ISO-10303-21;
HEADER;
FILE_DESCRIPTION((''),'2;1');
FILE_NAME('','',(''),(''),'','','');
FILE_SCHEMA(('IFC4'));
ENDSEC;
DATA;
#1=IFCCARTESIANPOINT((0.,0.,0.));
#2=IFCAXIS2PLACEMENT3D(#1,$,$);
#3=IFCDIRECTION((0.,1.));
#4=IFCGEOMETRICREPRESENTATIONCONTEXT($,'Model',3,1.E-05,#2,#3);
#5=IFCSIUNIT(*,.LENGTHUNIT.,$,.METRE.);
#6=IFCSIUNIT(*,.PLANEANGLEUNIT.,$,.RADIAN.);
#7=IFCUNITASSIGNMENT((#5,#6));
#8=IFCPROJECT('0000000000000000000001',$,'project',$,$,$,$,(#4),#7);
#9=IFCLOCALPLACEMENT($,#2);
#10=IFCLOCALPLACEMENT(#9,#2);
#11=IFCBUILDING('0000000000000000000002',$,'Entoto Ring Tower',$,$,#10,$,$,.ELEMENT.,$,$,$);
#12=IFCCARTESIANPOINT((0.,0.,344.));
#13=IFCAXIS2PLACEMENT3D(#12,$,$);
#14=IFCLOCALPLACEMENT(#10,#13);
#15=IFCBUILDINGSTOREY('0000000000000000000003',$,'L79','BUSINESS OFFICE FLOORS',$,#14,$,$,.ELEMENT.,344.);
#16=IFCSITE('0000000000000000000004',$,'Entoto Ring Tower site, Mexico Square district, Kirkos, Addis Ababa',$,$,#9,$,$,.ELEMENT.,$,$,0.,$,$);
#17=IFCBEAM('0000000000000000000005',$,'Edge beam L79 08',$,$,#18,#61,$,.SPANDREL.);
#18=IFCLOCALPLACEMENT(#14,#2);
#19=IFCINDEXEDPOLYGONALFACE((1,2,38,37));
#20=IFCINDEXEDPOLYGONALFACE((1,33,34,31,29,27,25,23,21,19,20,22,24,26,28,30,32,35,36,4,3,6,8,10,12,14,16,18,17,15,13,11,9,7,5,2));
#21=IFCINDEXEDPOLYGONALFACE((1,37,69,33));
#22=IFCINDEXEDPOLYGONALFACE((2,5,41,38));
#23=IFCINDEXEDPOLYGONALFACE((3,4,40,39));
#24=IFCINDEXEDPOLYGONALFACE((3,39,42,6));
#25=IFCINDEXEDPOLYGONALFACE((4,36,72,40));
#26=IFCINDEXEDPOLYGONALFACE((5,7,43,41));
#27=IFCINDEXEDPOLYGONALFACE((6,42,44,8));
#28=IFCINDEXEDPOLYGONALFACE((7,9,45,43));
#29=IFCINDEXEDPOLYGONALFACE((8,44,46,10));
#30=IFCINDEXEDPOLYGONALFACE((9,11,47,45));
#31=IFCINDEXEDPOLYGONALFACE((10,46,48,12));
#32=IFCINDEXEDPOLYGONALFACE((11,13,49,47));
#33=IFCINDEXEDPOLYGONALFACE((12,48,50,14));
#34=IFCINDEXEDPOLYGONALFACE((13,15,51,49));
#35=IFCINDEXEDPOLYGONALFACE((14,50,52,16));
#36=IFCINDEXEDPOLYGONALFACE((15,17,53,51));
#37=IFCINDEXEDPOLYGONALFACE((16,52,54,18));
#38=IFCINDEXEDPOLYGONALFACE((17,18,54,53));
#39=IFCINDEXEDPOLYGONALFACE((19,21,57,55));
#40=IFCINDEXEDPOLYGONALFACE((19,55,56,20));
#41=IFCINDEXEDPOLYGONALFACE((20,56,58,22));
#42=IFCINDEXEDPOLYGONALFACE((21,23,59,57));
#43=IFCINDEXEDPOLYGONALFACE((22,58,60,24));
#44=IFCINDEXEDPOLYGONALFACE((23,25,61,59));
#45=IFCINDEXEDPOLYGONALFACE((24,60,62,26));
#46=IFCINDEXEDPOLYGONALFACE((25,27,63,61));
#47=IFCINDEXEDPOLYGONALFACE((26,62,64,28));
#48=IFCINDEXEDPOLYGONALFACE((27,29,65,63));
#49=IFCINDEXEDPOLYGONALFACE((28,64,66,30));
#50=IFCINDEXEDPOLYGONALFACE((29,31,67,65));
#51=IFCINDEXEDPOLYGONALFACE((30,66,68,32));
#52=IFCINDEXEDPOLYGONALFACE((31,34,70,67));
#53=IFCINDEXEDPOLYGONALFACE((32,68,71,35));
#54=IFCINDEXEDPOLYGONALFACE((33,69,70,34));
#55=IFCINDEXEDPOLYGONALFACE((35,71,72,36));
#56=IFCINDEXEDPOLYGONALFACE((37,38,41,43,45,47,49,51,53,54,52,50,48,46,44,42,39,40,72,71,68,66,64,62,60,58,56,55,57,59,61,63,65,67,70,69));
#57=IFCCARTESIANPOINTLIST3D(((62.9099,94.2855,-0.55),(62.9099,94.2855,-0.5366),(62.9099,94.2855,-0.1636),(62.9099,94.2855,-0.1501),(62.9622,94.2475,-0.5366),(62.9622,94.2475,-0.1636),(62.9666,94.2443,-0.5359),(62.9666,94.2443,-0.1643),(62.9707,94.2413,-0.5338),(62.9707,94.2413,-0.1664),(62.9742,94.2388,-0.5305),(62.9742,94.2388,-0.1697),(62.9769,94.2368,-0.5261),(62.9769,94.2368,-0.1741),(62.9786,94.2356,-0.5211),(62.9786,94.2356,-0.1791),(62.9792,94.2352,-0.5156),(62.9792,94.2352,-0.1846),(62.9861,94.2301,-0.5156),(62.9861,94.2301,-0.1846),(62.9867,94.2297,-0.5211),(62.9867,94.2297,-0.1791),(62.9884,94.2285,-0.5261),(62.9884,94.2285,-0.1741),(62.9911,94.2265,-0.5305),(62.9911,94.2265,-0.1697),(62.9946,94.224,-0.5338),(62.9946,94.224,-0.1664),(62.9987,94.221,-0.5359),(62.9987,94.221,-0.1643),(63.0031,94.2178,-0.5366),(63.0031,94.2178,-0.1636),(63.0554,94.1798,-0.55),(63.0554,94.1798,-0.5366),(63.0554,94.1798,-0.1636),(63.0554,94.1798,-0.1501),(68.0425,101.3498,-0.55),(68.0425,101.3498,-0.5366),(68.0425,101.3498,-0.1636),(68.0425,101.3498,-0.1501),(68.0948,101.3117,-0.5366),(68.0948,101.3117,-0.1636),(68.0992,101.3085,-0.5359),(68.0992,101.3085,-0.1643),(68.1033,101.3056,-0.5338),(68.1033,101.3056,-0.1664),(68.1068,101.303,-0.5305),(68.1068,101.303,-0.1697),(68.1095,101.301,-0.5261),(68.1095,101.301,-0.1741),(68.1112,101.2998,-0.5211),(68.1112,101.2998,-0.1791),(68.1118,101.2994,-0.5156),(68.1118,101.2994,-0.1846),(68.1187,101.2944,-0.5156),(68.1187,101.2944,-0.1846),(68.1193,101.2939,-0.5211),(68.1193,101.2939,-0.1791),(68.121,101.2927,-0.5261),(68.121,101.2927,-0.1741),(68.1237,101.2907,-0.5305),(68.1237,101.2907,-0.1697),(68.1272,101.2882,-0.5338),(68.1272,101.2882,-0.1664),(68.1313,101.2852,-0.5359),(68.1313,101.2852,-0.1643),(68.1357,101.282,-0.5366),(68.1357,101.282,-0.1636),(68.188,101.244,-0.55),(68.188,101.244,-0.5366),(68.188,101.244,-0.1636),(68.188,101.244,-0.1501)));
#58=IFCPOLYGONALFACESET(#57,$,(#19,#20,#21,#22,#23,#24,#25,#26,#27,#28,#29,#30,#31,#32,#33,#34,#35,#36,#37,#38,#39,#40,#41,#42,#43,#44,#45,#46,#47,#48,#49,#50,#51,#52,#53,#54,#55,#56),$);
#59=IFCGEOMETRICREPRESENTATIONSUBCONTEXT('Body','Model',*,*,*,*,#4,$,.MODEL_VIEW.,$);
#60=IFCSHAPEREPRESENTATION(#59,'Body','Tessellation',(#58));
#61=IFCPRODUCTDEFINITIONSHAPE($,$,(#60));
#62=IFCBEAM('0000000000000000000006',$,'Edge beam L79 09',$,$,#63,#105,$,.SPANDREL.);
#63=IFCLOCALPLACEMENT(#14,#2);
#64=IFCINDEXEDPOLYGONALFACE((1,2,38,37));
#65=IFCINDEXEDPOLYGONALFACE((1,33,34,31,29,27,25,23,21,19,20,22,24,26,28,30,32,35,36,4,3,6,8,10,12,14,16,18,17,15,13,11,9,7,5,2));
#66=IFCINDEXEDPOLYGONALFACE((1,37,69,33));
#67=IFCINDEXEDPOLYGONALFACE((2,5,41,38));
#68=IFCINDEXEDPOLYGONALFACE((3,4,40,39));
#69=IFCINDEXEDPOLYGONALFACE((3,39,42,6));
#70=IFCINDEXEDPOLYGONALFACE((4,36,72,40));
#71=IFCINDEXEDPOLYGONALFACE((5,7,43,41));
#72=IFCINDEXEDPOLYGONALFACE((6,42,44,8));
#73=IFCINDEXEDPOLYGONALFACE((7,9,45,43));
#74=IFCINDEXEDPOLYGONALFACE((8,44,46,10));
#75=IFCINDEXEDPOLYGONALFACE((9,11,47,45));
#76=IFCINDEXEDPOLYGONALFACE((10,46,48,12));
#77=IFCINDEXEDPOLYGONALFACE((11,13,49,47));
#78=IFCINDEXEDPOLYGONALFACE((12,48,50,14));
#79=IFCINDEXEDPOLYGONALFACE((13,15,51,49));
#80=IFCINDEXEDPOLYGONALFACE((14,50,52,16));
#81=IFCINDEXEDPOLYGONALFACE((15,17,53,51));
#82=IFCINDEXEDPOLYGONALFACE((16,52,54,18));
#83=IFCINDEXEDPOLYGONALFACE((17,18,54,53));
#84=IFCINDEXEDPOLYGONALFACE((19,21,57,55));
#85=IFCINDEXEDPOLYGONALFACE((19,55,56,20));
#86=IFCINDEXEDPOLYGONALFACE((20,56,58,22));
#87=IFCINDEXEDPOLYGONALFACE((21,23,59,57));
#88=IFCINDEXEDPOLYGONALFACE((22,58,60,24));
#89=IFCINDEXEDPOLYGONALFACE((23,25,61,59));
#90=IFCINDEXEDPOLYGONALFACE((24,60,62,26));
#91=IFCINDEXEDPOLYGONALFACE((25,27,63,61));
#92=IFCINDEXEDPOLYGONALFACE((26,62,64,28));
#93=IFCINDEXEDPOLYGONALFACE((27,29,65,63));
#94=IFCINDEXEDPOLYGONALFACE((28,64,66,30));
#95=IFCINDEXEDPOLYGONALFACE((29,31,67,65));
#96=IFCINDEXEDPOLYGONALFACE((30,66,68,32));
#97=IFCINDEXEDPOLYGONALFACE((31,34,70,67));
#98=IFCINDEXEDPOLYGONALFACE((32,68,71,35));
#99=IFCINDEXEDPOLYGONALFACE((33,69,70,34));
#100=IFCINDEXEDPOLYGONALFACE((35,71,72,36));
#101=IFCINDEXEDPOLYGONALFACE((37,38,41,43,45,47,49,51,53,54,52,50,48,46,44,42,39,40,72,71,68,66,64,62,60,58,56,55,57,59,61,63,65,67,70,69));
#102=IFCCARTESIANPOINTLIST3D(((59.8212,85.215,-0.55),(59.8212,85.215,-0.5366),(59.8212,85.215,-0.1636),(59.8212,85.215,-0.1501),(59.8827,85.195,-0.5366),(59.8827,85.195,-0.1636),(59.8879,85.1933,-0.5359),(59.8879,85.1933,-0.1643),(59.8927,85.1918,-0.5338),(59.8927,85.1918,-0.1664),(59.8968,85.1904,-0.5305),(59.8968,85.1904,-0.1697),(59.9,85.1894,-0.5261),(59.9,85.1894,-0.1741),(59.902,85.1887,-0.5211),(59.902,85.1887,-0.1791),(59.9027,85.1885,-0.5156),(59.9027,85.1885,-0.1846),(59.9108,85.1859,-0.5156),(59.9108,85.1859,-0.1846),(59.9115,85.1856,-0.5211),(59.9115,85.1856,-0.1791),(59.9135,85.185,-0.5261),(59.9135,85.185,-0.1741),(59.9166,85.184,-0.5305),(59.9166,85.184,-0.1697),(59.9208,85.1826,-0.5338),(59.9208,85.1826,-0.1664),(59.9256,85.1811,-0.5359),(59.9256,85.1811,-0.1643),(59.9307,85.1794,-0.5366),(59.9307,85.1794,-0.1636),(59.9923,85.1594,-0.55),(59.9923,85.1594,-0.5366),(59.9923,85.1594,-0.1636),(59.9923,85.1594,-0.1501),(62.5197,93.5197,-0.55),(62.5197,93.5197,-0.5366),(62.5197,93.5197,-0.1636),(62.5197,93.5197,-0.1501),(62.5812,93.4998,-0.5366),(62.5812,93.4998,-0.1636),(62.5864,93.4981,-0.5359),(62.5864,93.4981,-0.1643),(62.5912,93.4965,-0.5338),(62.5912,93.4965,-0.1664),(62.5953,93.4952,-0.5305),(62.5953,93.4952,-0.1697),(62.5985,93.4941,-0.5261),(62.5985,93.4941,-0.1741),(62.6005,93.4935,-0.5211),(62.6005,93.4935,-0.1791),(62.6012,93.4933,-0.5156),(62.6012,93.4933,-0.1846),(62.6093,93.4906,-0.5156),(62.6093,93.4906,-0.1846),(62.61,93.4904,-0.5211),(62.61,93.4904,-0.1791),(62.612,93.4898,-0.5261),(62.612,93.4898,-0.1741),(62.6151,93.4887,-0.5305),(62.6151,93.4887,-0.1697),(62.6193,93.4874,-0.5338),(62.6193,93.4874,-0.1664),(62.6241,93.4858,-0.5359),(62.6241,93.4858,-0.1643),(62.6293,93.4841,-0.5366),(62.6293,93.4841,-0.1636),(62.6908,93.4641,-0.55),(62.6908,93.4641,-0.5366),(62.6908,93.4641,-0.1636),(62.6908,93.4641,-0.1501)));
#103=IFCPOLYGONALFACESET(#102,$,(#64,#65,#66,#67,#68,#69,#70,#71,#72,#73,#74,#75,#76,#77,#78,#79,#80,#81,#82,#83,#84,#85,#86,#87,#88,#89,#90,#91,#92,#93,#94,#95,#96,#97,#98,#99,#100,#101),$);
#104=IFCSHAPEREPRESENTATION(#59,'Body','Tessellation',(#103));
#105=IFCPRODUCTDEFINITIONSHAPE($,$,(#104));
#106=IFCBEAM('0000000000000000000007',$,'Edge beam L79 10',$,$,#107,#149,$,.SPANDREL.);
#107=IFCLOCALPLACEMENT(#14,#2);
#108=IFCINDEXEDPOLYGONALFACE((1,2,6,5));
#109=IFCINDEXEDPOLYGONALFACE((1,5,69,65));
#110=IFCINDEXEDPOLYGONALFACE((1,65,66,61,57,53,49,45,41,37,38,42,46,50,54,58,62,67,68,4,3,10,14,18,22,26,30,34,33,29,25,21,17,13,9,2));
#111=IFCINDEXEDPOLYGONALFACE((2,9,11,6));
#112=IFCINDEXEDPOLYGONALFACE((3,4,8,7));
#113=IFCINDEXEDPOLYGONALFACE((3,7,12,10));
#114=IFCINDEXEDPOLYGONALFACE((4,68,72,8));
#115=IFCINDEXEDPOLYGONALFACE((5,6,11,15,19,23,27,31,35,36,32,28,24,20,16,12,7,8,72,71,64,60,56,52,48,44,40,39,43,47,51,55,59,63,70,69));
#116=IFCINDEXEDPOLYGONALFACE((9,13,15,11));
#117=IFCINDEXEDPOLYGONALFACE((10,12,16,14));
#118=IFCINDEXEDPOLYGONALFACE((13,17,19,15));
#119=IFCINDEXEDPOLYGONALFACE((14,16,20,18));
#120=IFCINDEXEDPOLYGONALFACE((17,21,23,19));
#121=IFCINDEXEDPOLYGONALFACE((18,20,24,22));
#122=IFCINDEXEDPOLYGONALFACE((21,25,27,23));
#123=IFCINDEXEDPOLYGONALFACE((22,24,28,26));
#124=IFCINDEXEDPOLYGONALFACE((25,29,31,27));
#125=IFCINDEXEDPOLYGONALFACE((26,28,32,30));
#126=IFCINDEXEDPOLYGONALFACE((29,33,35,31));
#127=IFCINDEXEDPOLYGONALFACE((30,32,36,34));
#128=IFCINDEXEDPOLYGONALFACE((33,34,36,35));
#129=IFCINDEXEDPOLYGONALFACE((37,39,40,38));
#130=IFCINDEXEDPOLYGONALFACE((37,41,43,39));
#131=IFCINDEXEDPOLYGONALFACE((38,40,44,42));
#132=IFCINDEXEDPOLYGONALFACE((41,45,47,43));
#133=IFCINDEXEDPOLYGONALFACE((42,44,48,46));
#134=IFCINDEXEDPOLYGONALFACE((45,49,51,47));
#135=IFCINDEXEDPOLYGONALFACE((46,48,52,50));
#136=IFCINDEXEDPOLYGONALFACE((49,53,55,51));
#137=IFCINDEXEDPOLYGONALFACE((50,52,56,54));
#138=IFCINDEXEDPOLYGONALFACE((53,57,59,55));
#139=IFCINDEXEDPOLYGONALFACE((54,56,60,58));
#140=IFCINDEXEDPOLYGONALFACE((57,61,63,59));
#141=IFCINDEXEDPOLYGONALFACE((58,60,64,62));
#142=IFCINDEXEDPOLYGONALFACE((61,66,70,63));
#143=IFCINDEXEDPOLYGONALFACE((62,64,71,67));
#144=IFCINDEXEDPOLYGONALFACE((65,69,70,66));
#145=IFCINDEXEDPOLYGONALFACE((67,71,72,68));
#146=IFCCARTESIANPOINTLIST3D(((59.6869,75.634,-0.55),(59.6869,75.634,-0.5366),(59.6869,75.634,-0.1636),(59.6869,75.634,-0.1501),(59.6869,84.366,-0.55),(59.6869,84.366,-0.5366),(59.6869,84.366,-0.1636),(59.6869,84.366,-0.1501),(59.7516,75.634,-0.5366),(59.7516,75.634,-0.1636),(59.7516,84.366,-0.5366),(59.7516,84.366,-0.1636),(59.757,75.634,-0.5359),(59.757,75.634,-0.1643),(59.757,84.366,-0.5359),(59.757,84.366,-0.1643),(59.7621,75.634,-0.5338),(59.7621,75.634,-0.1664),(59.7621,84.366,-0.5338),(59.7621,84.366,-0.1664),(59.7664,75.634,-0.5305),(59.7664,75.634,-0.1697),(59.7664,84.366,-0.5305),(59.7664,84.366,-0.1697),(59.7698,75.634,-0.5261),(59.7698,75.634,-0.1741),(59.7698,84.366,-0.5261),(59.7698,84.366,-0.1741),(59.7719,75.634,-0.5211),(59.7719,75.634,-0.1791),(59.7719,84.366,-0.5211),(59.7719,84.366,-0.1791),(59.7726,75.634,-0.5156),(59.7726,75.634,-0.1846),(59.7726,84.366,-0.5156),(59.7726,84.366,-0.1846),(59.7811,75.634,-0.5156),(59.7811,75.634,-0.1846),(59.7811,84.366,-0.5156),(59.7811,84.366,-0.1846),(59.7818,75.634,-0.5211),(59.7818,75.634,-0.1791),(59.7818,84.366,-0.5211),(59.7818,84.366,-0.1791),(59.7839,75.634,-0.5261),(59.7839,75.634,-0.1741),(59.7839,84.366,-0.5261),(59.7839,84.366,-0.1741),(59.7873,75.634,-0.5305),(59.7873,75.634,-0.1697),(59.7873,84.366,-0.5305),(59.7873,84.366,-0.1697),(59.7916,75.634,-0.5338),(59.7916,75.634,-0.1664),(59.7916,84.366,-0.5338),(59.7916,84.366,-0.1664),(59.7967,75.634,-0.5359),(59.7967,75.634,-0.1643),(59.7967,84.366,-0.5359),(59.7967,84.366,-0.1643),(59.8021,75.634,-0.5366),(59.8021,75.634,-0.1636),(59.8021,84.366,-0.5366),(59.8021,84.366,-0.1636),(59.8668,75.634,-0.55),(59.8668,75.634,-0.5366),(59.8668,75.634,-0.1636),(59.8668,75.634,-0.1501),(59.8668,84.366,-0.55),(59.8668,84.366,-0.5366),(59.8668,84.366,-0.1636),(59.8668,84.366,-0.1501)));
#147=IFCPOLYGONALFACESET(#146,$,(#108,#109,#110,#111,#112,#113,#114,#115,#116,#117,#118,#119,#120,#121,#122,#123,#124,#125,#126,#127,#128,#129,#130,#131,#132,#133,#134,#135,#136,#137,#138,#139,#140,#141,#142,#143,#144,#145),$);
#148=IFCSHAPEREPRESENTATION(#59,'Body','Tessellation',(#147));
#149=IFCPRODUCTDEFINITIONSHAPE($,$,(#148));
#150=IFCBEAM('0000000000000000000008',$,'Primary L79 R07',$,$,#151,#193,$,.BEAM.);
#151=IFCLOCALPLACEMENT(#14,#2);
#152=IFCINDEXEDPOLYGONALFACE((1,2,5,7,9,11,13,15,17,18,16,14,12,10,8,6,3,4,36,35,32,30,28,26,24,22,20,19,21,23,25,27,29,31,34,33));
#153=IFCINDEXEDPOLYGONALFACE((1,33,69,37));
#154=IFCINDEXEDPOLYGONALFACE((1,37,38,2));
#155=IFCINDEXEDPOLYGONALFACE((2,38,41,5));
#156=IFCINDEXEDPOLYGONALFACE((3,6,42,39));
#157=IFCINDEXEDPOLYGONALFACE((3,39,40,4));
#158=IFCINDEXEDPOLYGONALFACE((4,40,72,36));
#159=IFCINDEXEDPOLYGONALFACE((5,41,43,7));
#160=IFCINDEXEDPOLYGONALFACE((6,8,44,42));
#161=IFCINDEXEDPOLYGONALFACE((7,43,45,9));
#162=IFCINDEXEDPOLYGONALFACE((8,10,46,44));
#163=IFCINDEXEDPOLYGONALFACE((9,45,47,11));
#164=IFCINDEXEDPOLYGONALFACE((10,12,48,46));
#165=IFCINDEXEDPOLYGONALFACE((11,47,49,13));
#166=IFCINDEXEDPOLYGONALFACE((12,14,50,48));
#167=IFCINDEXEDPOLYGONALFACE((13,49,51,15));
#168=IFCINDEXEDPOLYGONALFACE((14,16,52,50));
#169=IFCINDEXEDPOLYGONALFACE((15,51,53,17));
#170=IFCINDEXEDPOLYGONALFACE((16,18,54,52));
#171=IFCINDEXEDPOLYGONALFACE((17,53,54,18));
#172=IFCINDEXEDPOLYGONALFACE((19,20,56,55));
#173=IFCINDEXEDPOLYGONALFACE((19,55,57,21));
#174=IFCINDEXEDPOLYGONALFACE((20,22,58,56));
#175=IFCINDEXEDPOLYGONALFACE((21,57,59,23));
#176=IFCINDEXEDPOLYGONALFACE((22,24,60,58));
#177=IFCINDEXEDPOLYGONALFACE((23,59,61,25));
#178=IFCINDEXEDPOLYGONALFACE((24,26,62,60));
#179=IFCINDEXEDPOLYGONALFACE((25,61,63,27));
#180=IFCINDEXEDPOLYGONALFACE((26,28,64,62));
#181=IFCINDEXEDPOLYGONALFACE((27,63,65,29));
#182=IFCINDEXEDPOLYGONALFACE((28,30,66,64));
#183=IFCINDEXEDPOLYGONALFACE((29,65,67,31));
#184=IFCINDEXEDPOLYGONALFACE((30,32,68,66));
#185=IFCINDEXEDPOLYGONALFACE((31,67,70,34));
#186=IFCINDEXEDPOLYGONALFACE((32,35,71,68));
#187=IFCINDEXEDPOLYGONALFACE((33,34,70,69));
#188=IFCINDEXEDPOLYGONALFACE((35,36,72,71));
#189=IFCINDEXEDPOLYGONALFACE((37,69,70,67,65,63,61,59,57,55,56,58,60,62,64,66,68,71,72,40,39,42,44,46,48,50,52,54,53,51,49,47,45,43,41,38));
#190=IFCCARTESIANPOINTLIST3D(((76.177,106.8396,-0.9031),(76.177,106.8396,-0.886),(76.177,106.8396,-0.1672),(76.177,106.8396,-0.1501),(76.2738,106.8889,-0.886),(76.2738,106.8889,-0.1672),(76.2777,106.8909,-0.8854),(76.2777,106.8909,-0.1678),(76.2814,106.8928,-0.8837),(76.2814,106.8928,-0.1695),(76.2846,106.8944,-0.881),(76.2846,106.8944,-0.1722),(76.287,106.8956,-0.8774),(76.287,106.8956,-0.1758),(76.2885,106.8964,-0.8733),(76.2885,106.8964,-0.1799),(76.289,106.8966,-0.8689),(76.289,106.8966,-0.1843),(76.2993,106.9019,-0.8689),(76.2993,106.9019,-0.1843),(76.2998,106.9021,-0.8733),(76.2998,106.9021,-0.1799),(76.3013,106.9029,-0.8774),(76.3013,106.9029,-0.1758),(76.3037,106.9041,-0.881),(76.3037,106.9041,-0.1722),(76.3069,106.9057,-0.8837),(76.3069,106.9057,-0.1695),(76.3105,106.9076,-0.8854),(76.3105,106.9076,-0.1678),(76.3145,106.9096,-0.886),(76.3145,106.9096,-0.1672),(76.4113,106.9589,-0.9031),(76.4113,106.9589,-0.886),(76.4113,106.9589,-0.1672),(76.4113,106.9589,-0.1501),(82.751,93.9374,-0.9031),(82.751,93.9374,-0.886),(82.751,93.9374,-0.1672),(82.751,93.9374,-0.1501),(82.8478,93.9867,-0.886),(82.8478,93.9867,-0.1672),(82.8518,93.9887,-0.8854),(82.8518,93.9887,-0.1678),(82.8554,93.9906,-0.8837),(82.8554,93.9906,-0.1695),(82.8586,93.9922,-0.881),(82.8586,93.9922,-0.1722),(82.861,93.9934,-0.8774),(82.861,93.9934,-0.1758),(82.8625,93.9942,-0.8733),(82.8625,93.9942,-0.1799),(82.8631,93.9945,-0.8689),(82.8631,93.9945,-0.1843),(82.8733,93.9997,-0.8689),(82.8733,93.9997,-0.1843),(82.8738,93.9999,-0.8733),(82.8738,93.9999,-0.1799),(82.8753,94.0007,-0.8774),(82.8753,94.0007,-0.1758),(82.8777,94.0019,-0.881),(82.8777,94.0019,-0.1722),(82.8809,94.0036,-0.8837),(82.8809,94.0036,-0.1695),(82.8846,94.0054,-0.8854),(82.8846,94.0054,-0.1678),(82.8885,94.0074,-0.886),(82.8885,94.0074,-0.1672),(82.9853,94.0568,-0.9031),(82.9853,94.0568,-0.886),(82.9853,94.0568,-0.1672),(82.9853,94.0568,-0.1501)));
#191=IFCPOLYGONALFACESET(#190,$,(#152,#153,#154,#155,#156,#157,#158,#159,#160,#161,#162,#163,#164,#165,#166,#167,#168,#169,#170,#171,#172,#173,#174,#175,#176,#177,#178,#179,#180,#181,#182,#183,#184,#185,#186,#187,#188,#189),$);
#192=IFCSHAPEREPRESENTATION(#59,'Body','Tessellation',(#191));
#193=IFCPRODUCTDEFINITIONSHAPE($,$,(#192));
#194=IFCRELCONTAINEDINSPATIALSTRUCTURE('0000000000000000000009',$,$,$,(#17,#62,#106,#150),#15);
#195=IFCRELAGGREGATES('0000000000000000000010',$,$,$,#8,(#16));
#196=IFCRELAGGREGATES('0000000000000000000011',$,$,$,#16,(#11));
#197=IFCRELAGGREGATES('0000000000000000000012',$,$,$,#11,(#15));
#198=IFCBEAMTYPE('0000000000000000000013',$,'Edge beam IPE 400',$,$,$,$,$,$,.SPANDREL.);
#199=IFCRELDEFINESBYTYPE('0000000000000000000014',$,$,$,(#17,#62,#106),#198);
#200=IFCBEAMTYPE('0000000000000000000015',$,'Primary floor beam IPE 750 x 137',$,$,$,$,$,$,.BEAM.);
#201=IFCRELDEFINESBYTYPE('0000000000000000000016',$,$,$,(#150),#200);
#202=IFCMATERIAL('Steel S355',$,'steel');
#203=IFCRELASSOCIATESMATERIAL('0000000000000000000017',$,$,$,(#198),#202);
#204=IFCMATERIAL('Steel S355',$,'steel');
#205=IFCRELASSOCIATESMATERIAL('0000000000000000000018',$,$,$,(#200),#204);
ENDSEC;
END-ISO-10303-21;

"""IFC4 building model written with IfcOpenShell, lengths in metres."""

from ifc_helpers import new_model, si_unit, direction, frame, origin, origin_2d, place, context, subcontext, project, spatial, i_section, extrude, material, material_profile, profile_set, type_object, element, save


model = new_model("IFC4")

# Units and contexts
model_context = context("Model", 3, precision=1e-05, world=origin(), true_north=direction((0.0, 1.0)))
body_context = subcontext(model_context, "Body", "Model", "MODEL_VIEW")
ifc_project = project(units=[si_unit("LENGTHUNIT", "METRE"), si_unit("PLANEANGLEUNIT", "RADIAN")], contexts=[model_context])

# Site, building, storey
site_placement = place(None, origin())
site = spatial("IfcSite", under=ifc_project, at=site_placement, Name="Entoto Ring Tower site, Mexico Square district, Kirkos, Addis Ababa", CompositionType="ELEMENT", RefElevation=0.0)
building_placement = place(site_placement, origin())
building = spatial("IfcBuilding", under=site, at=building_placement, Name="Entoto Ring Tower", CompositionType="ELEMENT")
storey_placement = place(building_placement, frame((0.0, 0.0, 344.0)))
storey = spatial("IfcBuildingStorey", under=building, at=storey_placement, Name="L79", Description="BUSINESS OFFICE FLOORS", CompositionType="ELEMENT", Elevation=344.0)

# Beams
ifc_material_1 = material(Name="Steel S355", Category="steel")
ifc_material_profile_1 = material_profile(ifc_material_1, i_section(OverallWidth=0.1799, OverallDepth=0.3999, WebThickness=0.0085, FlangeThickness=0.0134, FilletRadius=0.021, at=origin_2d()), Name="IPE 400")
ifc_profile_set_1 = profile_set([ifc_material_profile_1], Name="Steel S355")
beam_type_1 = type_object("IfcBeamType", Name="Edge beam IPE 400", PredefinedType="SPANDREL", material=ifc_profile_set_1)
for number, where, z_axis, x_axis, name in (
    (1, (68.1152, 101.2969, -0.3501), (-0.587794, -0.80901, 0.0), (0.80901, -0.587794, 0.0), "Edge beam L79 08"),
):
    element("IfcBeam", number, at=place(storey_placement, frame(where, z_axis=z_axis, x_axis=x_axis)), inside=storey, type_object=beam_type_1, Name=name, PredefinedType="SPANDREL", context=body_context, shape_type="SweptSolid", body=[
        extrude(i_section(OverallWidth=0.1799, OverallDepth=0.3999, WebThickness=0.0085, FlangeThickness=0.0134, FilletRadius=0.021, at=origin_2d()), origin(), (0.0, 0.0, 1.0), 8.7319),
    ])
beam_1_placement = place(storey_placement, frame((62.6052, 93.4919, -0.3501), z_axis=(-0.30903, -0.951052, 0.0), x_axis=(0.951052, -0.30903, 0.0)))
element("IfcBeam", 2, at=beam_1_placement, inside=storey, type_object=beam_type_1, Name="Edge beam L79 09", PredefinedType="SPANDREL", context=body_context, shape_type="SweptSolid", body=[
    extrude(i_section(OverallWidth=0.1799, OverallDepth=0.3999, WebThickness=0.0085, FlangeThickness=0.0134, FilletRadius=0.021, at=origin_2d()), origin(), (0.0, 0.0, 1.0), 8.7322),
])
beam_2_placement = place(storey_placement, frame((59.7769, 84.366, -0.3501), z_axis=(0.0, -1.0, 0.0), x_axis=(1.0, 0.0, 0.0)))
element("IfcBeam", 3, at=beam_2_placement, inside=storey, type_object=beam_type_1, Name="Edge beam L79 10", PredefinedType="SPANDREL", context=body_context, shape_type="SweptSolid", body=[
    extrude(i_section(OverallWidth=0.1799, OverallDepth=0.3999, WebThickness=0.0085, FlangeThickness=0.0134, FilletRadius=0.021, at=origin_2d()), origin(), (0.0, 0.0, 1.0), 8.7319),
])
ifc_material_2 = material(Name="Steel S355", Category="steel")
ifc_material_profile_2 = material_profile(ifc_material_2, i_section(OverallWidth=0.2629, OverallDepth=0.7529, WebThickness=0.0115, FlangeThickness=0.0171, FilletRadius=0.0171, at=origin_2d()), Name="IPE 750 x 137")
ifc_profile_set_2 = profile_set([ifc_material_profile_2], Name="Steel S355")
beam_type_2 = type_object("IfcBeamType", Name="Primary floor beam IPE 750 x 137", PredefinedType="BEAM", material=ifc_profile_set_2)
beam_3_placement = place(storey_placement, frame((82.8682, 93.9971, -0.5266), z_axis=(-0.453992, 0.891006, 0.0), x_axis=(-0.891006, -0.453992, 0.0)))
element("IfcBeam", 4, at=beam_3_placement, inside=storey, type_object=beam_type_2, Name="Primary L79 R07", PredefinedType="BEAM", context=body_context, shape_type="SweptSolid", body=[
    extrude(i_section(OverallWidth=0.2629, OverallDepth=0.7529, WebThickness=0.0115, FlangeThickness=0.0171, FilletRadius=0.0171, at=origin_2d()), origin(), (0.0, 0.0, 1.0), 14.4805),
])

save(model, "model.ifc")
